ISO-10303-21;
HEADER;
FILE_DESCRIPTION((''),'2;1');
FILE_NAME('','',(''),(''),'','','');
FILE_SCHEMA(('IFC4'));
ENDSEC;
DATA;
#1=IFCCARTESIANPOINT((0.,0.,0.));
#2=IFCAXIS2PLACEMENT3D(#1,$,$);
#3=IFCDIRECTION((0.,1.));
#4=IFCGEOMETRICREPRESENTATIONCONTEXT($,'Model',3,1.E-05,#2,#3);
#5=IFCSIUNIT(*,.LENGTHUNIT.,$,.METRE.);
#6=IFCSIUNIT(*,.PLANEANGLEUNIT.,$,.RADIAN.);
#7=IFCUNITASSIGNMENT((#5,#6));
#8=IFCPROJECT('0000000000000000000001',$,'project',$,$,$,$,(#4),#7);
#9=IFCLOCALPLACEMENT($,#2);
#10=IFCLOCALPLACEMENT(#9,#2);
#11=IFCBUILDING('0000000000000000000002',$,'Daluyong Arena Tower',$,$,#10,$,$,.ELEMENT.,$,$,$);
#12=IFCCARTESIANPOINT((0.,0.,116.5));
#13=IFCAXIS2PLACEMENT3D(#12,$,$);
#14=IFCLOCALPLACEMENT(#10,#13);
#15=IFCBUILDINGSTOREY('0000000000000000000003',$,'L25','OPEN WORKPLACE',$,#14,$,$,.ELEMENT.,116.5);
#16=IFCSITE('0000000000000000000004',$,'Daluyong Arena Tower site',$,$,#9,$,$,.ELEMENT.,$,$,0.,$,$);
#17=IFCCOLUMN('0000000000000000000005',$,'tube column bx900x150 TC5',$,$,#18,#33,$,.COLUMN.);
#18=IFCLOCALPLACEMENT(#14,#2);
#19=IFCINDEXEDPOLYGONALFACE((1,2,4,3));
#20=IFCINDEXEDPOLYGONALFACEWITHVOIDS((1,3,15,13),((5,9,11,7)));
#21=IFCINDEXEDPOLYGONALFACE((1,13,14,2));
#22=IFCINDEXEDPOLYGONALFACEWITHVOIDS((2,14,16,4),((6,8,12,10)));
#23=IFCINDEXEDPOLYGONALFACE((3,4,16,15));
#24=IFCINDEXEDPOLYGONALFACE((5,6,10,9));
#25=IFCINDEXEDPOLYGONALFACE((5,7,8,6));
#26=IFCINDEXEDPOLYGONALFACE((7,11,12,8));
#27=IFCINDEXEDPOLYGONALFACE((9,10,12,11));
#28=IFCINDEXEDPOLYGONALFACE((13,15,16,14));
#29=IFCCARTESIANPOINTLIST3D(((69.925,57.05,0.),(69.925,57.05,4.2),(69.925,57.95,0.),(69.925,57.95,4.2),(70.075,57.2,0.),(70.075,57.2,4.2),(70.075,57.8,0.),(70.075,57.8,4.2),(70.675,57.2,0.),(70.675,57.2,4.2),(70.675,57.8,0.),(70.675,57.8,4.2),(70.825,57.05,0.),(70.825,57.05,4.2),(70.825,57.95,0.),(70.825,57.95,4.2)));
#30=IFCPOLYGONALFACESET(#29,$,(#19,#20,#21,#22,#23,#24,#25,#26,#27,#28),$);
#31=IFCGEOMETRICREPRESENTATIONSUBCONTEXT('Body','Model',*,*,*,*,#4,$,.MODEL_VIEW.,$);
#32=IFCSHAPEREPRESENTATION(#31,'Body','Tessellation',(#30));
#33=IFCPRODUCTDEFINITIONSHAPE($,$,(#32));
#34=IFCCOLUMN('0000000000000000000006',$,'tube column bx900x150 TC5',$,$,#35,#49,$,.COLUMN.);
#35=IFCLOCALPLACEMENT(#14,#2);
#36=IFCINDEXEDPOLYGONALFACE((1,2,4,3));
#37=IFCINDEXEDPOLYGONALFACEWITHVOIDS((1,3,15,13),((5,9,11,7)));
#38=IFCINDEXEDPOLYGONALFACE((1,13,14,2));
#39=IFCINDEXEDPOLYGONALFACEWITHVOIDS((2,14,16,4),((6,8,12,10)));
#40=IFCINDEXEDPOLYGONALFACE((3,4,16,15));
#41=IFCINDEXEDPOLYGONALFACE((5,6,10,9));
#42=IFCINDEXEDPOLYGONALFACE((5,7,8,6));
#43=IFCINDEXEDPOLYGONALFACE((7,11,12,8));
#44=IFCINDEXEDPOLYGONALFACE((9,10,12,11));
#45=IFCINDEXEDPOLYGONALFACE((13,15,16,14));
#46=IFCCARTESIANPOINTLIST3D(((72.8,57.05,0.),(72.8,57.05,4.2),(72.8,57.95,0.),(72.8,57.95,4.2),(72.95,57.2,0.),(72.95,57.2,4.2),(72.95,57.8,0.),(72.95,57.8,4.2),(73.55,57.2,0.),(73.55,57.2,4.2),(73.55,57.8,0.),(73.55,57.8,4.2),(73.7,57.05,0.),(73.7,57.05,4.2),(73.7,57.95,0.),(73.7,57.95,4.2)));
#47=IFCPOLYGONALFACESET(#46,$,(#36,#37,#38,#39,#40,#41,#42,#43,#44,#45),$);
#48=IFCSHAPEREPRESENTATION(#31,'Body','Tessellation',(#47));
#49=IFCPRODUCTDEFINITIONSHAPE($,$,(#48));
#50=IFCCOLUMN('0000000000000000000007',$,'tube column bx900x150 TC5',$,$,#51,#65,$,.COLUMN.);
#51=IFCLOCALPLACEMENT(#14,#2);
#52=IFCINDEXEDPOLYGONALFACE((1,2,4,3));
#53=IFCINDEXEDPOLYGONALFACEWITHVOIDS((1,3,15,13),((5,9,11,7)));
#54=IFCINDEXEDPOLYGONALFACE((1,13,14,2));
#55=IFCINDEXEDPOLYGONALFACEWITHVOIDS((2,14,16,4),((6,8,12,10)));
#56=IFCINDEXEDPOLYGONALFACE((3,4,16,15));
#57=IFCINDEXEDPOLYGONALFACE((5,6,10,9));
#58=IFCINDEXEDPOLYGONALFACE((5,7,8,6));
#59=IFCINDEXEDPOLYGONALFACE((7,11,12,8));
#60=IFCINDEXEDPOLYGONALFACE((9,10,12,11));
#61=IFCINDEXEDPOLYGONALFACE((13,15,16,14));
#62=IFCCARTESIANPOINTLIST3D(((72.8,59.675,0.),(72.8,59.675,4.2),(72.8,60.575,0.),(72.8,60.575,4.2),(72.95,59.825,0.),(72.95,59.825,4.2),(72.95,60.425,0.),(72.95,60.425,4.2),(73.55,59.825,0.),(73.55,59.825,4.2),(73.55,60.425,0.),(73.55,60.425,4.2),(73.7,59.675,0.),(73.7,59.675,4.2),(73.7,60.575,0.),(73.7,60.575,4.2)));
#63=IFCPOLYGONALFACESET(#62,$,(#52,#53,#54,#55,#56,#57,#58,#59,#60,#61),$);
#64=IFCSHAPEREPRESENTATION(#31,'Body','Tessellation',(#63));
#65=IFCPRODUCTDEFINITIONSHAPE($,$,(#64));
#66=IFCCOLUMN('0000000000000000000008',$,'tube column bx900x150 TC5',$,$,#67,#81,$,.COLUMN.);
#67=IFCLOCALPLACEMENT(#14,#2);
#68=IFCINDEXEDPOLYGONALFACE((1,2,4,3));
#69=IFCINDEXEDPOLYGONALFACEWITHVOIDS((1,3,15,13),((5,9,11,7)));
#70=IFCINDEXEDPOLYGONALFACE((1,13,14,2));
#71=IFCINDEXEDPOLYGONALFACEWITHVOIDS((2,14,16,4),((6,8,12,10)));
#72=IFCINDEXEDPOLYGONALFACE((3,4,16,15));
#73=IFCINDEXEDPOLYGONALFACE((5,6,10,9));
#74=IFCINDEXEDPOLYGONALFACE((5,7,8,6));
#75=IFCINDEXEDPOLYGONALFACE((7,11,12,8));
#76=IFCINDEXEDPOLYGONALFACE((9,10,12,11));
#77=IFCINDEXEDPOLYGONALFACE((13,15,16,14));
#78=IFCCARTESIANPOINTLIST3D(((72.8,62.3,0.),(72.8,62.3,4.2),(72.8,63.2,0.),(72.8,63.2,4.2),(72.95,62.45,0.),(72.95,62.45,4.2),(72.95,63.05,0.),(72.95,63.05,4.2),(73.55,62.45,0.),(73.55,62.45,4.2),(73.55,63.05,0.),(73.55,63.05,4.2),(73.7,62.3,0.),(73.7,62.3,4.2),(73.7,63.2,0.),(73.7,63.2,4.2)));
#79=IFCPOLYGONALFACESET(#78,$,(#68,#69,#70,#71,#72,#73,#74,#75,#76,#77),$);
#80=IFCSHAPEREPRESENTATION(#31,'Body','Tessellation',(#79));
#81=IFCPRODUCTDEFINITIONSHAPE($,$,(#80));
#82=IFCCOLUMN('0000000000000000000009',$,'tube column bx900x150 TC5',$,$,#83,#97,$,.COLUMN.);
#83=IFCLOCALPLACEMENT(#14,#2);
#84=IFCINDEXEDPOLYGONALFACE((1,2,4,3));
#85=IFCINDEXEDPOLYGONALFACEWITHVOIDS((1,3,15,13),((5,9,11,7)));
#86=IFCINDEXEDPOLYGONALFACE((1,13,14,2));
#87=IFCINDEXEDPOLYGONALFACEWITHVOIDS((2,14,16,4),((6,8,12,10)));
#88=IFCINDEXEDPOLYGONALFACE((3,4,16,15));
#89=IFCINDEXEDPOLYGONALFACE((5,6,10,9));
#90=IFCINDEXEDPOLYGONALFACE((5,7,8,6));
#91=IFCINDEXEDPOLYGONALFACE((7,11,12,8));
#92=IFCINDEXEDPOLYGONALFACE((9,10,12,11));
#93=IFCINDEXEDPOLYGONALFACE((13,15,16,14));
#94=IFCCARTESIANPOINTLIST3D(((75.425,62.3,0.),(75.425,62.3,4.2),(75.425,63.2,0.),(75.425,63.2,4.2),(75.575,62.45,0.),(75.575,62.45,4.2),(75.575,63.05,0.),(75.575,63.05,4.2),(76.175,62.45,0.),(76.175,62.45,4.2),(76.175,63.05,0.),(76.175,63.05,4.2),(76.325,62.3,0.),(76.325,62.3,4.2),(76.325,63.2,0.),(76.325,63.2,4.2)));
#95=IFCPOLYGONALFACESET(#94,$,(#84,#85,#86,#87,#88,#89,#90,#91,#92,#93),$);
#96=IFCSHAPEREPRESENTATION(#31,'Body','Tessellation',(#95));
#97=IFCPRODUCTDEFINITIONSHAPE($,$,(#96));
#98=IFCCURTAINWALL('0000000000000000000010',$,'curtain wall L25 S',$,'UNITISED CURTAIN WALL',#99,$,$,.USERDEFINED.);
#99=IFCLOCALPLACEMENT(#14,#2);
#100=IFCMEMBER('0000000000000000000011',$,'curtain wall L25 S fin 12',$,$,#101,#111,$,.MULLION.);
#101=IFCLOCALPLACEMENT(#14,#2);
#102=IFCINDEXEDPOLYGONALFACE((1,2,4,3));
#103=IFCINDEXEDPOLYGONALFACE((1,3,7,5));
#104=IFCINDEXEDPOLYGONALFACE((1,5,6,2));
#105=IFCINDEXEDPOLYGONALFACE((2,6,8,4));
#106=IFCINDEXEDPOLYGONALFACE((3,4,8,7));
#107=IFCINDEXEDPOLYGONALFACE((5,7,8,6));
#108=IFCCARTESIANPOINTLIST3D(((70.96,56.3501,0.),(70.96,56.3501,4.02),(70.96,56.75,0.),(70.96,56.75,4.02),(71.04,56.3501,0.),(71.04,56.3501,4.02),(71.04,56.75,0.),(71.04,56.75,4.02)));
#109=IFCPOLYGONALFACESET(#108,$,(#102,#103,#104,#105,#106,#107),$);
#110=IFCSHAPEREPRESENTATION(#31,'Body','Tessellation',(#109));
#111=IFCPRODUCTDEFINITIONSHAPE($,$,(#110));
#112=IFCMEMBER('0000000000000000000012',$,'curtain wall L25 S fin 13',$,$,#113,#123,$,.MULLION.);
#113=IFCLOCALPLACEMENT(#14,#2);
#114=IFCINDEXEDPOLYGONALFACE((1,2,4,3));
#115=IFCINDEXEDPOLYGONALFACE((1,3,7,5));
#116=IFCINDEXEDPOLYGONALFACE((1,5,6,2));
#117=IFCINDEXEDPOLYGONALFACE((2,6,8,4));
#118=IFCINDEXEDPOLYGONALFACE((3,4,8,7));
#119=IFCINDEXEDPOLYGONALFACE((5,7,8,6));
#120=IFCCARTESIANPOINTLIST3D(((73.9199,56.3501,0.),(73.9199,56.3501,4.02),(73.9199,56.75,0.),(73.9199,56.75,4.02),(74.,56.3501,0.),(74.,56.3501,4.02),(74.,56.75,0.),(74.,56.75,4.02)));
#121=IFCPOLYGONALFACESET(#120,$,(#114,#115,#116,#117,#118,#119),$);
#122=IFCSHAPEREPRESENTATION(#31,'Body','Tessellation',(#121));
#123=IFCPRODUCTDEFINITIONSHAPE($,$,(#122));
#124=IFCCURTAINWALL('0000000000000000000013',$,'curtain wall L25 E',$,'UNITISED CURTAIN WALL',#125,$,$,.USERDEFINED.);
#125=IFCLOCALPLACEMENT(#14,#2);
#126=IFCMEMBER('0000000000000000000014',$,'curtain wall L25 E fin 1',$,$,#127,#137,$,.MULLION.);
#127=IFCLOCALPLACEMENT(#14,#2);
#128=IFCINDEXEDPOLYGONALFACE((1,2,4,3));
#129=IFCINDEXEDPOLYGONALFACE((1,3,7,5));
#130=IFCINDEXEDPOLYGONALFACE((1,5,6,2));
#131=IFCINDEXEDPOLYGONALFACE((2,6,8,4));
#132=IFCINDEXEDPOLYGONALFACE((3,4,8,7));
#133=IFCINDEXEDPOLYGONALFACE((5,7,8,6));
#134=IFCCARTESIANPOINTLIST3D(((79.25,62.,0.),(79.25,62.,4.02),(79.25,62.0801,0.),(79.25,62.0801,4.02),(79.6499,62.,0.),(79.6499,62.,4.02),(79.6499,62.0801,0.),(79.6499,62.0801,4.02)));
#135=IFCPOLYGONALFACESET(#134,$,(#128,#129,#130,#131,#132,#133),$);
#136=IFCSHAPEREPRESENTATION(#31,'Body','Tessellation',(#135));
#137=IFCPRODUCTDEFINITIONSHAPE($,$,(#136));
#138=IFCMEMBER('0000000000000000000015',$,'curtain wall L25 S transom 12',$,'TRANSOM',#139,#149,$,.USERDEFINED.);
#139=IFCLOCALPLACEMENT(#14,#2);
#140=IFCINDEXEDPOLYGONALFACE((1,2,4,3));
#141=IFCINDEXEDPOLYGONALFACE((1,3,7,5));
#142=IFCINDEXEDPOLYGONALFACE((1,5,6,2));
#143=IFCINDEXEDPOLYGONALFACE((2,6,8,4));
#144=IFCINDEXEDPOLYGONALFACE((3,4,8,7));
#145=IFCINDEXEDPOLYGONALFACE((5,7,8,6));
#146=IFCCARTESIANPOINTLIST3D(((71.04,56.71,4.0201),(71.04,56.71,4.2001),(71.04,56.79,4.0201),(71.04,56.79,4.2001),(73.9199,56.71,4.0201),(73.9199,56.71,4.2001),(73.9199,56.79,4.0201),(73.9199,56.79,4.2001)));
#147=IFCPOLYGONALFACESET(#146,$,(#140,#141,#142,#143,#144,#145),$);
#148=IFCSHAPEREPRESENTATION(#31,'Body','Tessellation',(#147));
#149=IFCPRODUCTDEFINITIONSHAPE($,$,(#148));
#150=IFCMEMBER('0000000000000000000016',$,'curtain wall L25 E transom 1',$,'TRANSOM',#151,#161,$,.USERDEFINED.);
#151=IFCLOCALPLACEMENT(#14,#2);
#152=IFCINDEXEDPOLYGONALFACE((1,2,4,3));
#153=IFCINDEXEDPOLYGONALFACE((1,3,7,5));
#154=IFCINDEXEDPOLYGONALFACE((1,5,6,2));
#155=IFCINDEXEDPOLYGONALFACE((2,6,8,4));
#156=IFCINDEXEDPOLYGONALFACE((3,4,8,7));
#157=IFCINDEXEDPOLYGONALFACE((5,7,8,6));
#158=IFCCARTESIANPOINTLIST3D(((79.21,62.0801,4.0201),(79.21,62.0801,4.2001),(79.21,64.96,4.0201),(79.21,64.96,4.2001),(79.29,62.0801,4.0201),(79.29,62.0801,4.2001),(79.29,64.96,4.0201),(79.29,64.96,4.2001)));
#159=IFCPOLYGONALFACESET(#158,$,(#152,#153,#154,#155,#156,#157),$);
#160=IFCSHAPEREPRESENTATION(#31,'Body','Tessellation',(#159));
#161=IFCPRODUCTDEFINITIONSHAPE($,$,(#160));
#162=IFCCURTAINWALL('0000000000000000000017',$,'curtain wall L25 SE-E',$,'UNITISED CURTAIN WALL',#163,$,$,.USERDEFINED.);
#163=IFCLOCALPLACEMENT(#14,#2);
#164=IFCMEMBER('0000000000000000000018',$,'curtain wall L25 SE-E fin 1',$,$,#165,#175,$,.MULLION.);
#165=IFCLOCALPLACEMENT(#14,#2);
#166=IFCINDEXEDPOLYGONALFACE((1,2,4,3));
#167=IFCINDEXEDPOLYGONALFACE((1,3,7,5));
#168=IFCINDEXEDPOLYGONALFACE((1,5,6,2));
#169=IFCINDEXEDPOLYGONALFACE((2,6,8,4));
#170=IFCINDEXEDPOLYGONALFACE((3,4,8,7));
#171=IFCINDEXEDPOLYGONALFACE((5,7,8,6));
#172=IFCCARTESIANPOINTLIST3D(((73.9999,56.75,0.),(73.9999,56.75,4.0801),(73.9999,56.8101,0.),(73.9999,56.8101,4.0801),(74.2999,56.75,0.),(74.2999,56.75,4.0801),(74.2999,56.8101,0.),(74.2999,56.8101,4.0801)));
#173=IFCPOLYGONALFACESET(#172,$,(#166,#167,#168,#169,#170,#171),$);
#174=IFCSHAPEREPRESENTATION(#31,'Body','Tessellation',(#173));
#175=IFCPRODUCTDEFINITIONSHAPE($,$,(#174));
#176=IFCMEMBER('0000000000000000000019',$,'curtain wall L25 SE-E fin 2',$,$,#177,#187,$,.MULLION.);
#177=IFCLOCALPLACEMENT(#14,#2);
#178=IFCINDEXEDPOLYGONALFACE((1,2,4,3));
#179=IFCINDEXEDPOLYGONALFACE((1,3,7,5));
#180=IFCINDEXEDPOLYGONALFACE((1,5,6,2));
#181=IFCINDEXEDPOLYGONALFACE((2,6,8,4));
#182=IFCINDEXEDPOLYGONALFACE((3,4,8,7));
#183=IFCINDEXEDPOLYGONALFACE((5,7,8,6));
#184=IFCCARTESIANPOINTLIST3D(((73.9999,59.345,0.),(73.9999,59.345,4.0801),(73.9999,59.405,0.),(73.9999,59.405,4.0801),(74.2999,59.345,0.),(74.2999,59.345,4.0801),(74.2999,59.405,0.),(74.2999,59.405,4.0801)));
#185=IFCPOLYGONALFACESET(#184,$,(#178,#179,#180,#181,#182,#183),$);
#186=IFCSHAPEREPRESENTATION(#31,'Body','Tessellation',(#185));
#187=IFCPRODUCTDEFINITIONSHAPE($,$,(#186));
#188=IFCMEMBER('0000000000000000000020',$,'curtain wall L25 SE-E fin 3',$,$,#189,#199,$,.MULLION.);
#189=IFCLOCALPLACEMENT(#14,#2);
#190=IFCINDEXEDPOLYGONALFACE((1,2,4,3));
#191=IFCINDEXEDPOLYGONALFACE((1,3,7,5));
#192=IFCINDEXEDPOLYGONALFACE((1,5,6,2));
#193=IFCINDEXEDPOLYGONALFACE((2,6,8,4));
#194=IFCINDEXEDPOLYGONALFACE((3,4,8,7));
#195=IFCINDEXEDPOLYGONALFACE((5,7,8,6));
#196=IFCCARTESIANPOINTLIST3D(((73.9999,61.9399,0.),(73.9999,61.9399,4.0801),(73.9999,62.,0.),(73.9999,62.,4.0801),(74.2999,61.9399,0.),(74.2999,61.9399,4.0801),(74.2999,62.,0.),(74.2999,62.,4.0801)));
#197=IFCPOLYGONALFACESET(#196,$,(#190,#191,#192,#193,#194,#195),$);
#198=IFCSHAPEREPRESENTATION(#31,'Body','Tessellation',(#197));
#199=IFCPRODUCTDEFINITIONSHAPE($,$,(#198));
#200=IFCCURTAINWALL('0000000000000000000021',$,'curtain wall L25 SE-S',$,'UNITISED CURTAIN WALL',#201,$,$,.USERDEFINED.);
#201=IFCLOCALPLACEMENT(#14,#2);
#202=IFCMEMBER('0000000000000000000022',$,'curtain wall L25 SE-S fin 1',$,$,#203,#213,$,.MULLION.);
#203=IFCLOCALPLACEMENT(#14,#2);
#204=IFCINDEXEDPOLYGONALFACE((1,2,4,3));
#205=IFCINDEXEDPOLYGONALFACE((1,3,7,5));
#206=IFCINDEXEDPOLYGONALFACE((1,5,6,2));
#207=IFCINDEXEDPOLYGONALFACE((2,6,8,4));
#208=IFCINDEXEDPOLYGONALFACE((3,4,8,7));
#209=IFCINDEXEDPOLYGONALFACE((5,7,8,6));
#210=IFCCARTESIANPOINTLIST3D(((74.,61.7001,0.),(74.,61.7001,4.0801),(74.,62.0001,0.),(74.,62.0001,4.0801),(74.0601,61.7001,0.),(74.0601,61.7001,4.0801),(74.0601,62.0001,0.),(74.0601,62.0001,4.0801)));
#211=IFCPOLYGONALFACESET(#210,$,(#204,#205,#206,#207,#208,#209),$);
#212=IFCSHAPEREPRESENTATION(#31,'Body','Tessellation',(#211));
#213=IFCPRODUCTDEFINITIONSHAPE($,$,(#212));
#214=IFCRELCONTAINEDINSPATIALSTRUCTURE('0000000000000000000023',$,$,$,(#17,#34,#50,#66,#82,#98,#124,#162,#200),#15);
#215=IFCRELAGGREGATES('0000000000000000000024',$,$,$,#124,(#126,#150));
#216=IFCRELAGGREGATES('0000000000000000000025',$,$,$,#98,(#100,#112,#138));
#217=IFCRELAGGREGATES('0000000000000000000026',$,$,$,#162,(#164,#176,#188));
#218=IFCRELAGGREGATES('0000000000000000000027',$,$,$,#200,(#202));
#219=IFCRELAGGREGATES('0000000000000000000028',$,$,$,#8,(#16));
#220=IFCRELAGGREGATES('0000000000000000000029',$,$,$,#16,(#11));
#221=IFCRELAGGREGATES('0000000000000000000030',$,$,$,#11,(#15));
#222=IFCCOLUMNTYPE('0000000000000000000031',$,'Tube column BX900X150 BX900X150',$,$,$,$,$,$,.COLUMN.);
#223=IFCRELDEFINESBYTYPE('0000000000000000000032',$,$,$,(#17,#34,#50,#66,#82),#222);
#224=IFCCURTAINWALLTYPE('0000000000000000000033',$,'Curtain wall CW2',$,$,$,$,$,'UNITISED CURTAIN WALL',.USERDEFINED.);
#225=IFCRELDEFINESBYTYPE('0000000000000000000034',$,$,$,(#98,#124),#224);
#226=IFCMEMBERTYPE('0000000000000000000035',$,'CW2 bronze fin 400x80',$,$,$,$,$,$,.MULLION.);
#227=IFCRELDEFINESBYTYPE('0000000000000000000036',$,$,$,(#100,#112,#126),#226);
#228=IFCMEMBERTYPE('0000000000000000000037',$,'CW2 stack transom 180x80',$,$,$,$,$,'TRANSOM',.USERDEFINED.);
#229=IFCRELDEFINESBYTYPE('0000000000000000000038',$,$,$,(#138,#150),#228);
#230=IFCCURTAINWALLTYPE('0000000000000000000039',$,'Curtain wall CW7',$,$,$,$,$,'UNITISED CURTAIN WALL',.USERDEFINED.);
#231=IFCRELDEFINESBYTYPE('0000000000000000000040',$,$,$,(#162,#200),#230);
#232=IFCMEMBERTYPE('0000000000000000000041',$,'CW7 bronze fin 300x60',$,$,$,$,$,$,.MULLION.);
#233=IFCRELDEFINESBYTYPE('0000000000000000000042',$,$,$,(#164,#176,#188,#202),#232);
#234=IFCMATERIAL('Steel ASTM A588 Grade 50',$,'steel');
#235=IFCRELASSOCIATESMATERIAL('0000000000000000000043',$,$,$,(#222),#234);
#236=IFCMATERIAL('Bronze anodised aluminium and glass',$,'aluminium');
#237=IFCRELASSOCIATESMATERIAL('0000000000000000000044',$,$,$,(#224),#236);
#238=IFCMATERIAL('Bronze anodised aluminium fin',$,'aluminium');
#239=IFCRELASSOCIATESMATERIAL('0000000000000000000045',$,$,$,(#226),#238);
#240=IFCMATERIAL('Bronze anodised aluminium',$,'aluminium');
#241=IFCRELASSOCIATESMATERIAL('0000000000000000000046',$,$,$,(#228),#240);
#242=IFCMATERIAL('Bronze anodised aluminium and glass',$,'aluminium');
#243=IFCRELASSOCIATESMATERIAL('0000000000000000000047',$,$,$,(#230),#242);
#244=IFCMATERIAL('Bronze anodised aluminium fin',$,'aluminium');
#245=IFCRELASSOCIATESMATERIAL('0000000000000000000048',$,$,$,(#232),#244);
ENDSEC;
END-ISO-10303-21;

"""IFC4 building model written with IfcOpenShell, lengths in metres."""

from ifc_helpers import new_model, si_unit, direction, frame, origin, origin_2d, place, context, subcontext, project, spatial, rectangle, hollow_rectangle, extrude, material, material_profile, profile_set, type_object, element, aggregate, save


model = new_model("IFC4")

# Units and contexts
model_context = context("Model", 3, precision=1e-05, world=origin(), true_north=direction((0.0, 1.0)))
body_context = subcontext(model_context, "Body", "Model", "MODEL_VIEW")
ifc_project = project(units=[si_unit("LENGTHUNIT", "METRE"), si_unit("PLANEANGLEUNIT", "RADIAN")], contexts=[model_context])

# Site, building, storey
site_placement = place(None, origin())
site = spatial("IfcSite", under=ifc_project, at=site_placement, Name="Daluyong Arena Tower site", CompositionType="ELEMENT", RefElevation=0.0)
building_placement = place(site_placement, origin())
building = spatial("IfcBuilding", under=site, at=building_placement, Name="Daluyong Arena Tower", CompositionType="ELEMENT")
storey_placement = place(building_placement, frame((0.0, 0.0, 116.5)))
storey = spatial("IfcBuildingStorey", under=building, at=storey_placement, Name="L25", Description="OPEN WORKPLACE", CompositionType="ELEMENT", Elevation=116.5)

# Columns
ifc_material_1 = material(Name="Steel ASTM A588 Grade 50", Category="steel")
ifc_material_profile_1 = material_profile(ifc_material_1, hollow_rectangle(XDim=0.8999, YDim=0.8999, WallThickness=0.15, at=origin_2d()))
ifc_profile_set_1 = profile_set([ifc_material_profile_1], Name="Steel ASTM A588 Grade 50")
column_type = type_object("IfcColumnType", Name="Tube column BX900X150 BX900X150", PredefinedType="COLUMN", material=ifc_profile_set_1)
for number, where, z_axis, x_axis, name in (
    (1, (70.375, 57.5, 0.0), (0.0, 0.0, 1.0), (1.0, 0.0, 0.0), "tube column bx900x150 TC5"),
    (2, (73.25, 57.5, 0.0), (0.0, 0.0, 1.0), (0.0, 1.0, 0.0), "tube column bx900x150 TC5"),
    (3, (73.25, 60.125, 0.0), (0.0, 0.0, 1.0), (0.0, 1.0, 0.0), "tube column bx900x150 TC5"),
    (4, (73.25, 62.75, 0.0), (0.0, 0.0, 1.0), (1.0, 0.0, 0.0), "tube column bx900x150 TC5"),
    (5, (75.875, 62.75, 0.0), (0.0, 0.0, 1.0), (1.0, 0.0, 0.0), "tube column bx900x150 TC5"),
):
    element("IfcColumn", number, at=place(storey_placement, frame(where, z_axis=z_axis, x_axis=x_axis)), inside=storey, type_object=column_type, Name=name, PredefinedType="COLUMN", context=body_context, shape_type="SweptSolid", body=[
        extrude(hollow_rectangle(XDim=0.8999, YDim=0.8999, WallThickness=0.15, at=origin_2d()), origin(), (0.0, 0.0, 1.0), 4.2),
    ])

# Curtain wall, members
ifc_material_2 = material(Name="Bronze anodised aluminium and glass", Category="aluminium")
curtain_wall_type_1 = type_object("IfcCurtainWallType", Name="Curtain wall CW2", ElementType="UNITISED CURTAIN WALL", PredefinedType="USERDEFINED", material=ifc_material_2)
curtain_wall_1_placement = place(storey_placement, origin())
curtain_wall_1 = element("IfcCurtainWall", 6, at=curtain_wall_1_placement, inside=storey, type_object=curtain_wall_type_1, Name="curtain wall L25 S", ObjectType="UNITISED CURTAIN WALL", PredefinedType="USERDEFINED")
ifc_material_3 = material(Name="Bronze anodised aluminium fin", Category="aluminium")
ifc_material_profile_2 = material_profile(ifc_material_3, rectangle(XDim=0.3999, YDim=0.0801, at=origin_2d()))
ifc_profile_set_2 = profile_set([ifc_material_profile_2], Name="Bronze anodised aluminium fin")
member_type_1 = type_object("IfcMemberType", Name="CW2 bronze fin 400x80", PredefinedType="MULLION", material=ifc_profile_set_2)
member_1_placement = place(storey_placement, frame((71.0, 56.55, 0.0), z_axis=(0.0, 0.0, 1.0), x_axis=(0.0, 1.0, 0.0)))
member_1 = element("IfcMember", 7, at=member_1_placement, type_object=member_type_1, Name="curtain wall L25 S fin 12", PredefinedType="MULLION", context=body_context, shape_type="SweptSolid", body=[
    extrude(rectangle(XDim=0.3999, YDim=0.0801, at=origin_2d()), origin(), (0.0, 0.0, 1.0), 4.02),
])
member_2_placement = place(storey_placement, frame((73.96, 56.55, 0.0), z_axis=(0.0, 0.0, 1.0), x_axis=(0.0, 1.0, 0.0)))
member_2 = element("IfcMember", 8, at=member_2_placement, type_object=member_type_1, Name="curtain wall L25 S fin 13", PredefinedType="MULLION", context=body_context, shape_type="SweptSolid", body=[
    extrude(rectangle(XDim=0.3999, YDim=0.0801, at=origin_2d()), origin(), (0.0, 0.0, 1.0), 4.02),
])

# Curtain wall, member
curtain_wall_2_placement = place(storey_placement, origin())
curtain_wall_2 = element("IfcCurtainWall", 9, at=curtain_wall_2_placement, inside=storey, type_object=curtain_wall_type_1, Name="curtain wall L25 E", ObjectType="UNITISED CURTAIN WALL", PredefinedType="USERDEFINED")
member_3_placement = place(storey_placement, frame((79.45, 62.04, 0.0), z_axis=(0.0, 0.0, 1.0), x_axis=(-1.0, 0.0, 0.0)))
member_3 = element("IfcMember", 10, at=member_3_placement, type_object=member_type_1, Name="curtain wall L25 E fin 1", PredefinedType="MULLION", context=body_context, shape_type="SweptSolid", body=[
    extrude(rectangle(XDim=0.3999, YDim=0.0801, at=origin_2d()), origin(), (0.0, 0.0, 1.0), 4.02),
])

# Members
ifc_material_4 = material(Name="Bronze anodised aluminium", Category="aluminium")
ifc_material_profile_3 = material_profile(ifc_material_4, rectangle(XDim=0.0801, YDim=0.1799, at=origin_2d()))
ifc_profile_set_3 = profile_set([ifc_material_profile_3], Name="Bronze anodised aluminium")
member_type_2 = type_object("IfcMemberType", Name="CW2 stack transom 180x80", ElementType="TRANSOM", PredefinedType="USERDEFINED", material=ifc_profile_set_3)
member_4_placement = place(storey_placement, frame((71.04, 56.75, 4.1101), z_axis=(1.0, 0.0, 0.0), x_axis=(0.0, 1.0, 0.0)))
member_4 = element("IfcMember", 11, at=member_4_placement, type_object=member_type_2, Name="curtain wall L25 S transom 12", ObjectType="TRANSOM", PredefinedType="USERDEFINED", context=body_context, shape_type="SweptSolid", body=[
    extrude(rectangle(XDim=0.0801, YDim=0.1799, at=origin_2d()), origin(), (0.0, 0.0, 1.0), 2.8799),
])
member_5_placement = place(storey_placement, frame((79.25, 62.0801, 4.1101), z_axis=(0.0, 1.0, 0.0), x_axis=(-1.0, 0.0, 0.0)))
member_5 = element("IfcMember", 12, at=member_5_placement, type_object=member_type_2, Name="curtain wall L25 E transom 1", ObjectType="TRANSOM", PredefinedType="USERDEFINED", context=body_context, shape_type="SweptSolid", body=[
    extrude(rectangle(XDim=0.0801, YDim=0.1799, at=origin_2d()), origin(), (0.0, 0.0, 1.0), 2.8799),
])
aggregate(curtain_wall_2, [member_3, member_5])

# Curtain walls, members
ifc_material_5 = material(Name="Bronze anodised aluminium and glass", Category="aluminium")
curtain_wall_type_2 = type_object("IfcCurtainWallType", Name="Curtain wall CW7", ElementType="UNITISED CURTAIN WALL", PredefinedType="USERDEFINED", material=ifc_material_5)
curtain_wall_3_placement = place(storey_placement, origin())
curtain_wall_3 = element("IfcCurtainWall", 13, at=curtain_wall_3_placement, inside=storey, type_object=curtain_wall_type_2, Name="curtain wall L25 SE-E", ObjectType="UNITISED CURTAIN WALL", PredefinedType="USERDEFINED")
ifc_material_6 = material(Name="Bronze anodised aluminium fin", Category="aluminium")
ifc_material_profile_4 = material_profile(ifc_material_6, rectangle(XDim=0.3, YDim=0.0601, at=origin_2d()))
ifc_profile_set_4 = profile_set([ifc_material_profile_4], Name="Bronze anodised aluminium fin")
member_type_3 = type_object("IfcMemberType", Name="CW7 bronze fin 300x60", PredefinedType="MULLION", material=ifc_profile_set_4)
member_6_placement = place(storey_placement, frame((74.1499, 56.78, 0.0), z_axis=(0.0, 0.0, 1.0), x_axis=(-1.0, 0.0, 0.0)))
member_6 = element("IfcMember", 14, at=member_6_placement, type_object=member_type_3, Name="curtain wall L25 SE-E fin 1", PredefinedType="MULLION", context=body_context, shape_type="SweptSolid", body=[
    extrude(rectangle(XDim=0.3, YDim=0.0601, at=origin_2d()), origin(), (0.0, 0.0, 1.0), 4.0801),
])
member_7_placement = place(storey_placement, frame((74.1499, 59.375, 0.0), z_axis=(0.0, 0.0, 1.0), x_axis=(-1.0, 0.0, 0.0)))
member_7 = element("IfcMember", 15, at=member_7_placement, type_object=member_type_3, Name="curtain wall L25 SE-E fin 2", PredefinedType="MULLION", context=body_context, shape_type="SweptSolid", body=[
    extrude(rectangle(XDim=0.3, YDim=0.0601, at=origin_2d()), origin(), (0.0, 0.0, 1.0), 4.0801),
])
member_8_placement = place(storey_placement, frame((74.1499, 61.97, 0.0), z_axis=(0.0, 0.0, 1.0), x_axis=(-1.0, 0.0, 0.0)))
member_8 = element("IfcMember", 16, at=member_8_placement, type_object=member_type_3, Name="curtain wall L25 SE-E fin 3", PredefinedType="MULLION", context=body_context, shape_type="SweptSolid", body=[
    extrude(rectangle(XDim=0.3, YDim=0.0601, at=origin_2d()), origin(), (0.0, 0.0, 1.0), 4.0801),
])
curtain_wall_4_placement = place(storey_placement, origin())
curtain_wall_4 = element("IfcCurtainWall", 17, at=curtain_wall_4_placement, inside=storey, type_object=curtain_wall_type_2, Name="curtain wall L25 SE-S", ObjectType="UNITISED CURTAIN WALL", PredefinedType="USERDEFINED")
member_9_placement = place(storey_placement, frame((74.03, 61.8501, 0.0), z_axis=(0.0, 0.0, 1.0), x_axis=(0.0, 1.0, 0.0)))
member_9 = element("IfcMember", 18, at=member_9_placement, type_object=member_type_3, Name="curtain wall L25 SE-S fin 1", PredefinedType="MULLION", context=body_context, shape_type="SweptSolid", body=[
    extrude(rectangle(XDim=0.3, YDim=0.0601, at=origin_2d()), origin(), (0.0, 0.0, 1.0), 4.0801),
])

aggregate(curtain_wall_1, [member_1, member_2, member_4])
aggregate(curtain_wall_3, [member_6, member_7, member_8])
aggregate(curtain_wall_4, [member_9])

save(model, "model.ifc")
